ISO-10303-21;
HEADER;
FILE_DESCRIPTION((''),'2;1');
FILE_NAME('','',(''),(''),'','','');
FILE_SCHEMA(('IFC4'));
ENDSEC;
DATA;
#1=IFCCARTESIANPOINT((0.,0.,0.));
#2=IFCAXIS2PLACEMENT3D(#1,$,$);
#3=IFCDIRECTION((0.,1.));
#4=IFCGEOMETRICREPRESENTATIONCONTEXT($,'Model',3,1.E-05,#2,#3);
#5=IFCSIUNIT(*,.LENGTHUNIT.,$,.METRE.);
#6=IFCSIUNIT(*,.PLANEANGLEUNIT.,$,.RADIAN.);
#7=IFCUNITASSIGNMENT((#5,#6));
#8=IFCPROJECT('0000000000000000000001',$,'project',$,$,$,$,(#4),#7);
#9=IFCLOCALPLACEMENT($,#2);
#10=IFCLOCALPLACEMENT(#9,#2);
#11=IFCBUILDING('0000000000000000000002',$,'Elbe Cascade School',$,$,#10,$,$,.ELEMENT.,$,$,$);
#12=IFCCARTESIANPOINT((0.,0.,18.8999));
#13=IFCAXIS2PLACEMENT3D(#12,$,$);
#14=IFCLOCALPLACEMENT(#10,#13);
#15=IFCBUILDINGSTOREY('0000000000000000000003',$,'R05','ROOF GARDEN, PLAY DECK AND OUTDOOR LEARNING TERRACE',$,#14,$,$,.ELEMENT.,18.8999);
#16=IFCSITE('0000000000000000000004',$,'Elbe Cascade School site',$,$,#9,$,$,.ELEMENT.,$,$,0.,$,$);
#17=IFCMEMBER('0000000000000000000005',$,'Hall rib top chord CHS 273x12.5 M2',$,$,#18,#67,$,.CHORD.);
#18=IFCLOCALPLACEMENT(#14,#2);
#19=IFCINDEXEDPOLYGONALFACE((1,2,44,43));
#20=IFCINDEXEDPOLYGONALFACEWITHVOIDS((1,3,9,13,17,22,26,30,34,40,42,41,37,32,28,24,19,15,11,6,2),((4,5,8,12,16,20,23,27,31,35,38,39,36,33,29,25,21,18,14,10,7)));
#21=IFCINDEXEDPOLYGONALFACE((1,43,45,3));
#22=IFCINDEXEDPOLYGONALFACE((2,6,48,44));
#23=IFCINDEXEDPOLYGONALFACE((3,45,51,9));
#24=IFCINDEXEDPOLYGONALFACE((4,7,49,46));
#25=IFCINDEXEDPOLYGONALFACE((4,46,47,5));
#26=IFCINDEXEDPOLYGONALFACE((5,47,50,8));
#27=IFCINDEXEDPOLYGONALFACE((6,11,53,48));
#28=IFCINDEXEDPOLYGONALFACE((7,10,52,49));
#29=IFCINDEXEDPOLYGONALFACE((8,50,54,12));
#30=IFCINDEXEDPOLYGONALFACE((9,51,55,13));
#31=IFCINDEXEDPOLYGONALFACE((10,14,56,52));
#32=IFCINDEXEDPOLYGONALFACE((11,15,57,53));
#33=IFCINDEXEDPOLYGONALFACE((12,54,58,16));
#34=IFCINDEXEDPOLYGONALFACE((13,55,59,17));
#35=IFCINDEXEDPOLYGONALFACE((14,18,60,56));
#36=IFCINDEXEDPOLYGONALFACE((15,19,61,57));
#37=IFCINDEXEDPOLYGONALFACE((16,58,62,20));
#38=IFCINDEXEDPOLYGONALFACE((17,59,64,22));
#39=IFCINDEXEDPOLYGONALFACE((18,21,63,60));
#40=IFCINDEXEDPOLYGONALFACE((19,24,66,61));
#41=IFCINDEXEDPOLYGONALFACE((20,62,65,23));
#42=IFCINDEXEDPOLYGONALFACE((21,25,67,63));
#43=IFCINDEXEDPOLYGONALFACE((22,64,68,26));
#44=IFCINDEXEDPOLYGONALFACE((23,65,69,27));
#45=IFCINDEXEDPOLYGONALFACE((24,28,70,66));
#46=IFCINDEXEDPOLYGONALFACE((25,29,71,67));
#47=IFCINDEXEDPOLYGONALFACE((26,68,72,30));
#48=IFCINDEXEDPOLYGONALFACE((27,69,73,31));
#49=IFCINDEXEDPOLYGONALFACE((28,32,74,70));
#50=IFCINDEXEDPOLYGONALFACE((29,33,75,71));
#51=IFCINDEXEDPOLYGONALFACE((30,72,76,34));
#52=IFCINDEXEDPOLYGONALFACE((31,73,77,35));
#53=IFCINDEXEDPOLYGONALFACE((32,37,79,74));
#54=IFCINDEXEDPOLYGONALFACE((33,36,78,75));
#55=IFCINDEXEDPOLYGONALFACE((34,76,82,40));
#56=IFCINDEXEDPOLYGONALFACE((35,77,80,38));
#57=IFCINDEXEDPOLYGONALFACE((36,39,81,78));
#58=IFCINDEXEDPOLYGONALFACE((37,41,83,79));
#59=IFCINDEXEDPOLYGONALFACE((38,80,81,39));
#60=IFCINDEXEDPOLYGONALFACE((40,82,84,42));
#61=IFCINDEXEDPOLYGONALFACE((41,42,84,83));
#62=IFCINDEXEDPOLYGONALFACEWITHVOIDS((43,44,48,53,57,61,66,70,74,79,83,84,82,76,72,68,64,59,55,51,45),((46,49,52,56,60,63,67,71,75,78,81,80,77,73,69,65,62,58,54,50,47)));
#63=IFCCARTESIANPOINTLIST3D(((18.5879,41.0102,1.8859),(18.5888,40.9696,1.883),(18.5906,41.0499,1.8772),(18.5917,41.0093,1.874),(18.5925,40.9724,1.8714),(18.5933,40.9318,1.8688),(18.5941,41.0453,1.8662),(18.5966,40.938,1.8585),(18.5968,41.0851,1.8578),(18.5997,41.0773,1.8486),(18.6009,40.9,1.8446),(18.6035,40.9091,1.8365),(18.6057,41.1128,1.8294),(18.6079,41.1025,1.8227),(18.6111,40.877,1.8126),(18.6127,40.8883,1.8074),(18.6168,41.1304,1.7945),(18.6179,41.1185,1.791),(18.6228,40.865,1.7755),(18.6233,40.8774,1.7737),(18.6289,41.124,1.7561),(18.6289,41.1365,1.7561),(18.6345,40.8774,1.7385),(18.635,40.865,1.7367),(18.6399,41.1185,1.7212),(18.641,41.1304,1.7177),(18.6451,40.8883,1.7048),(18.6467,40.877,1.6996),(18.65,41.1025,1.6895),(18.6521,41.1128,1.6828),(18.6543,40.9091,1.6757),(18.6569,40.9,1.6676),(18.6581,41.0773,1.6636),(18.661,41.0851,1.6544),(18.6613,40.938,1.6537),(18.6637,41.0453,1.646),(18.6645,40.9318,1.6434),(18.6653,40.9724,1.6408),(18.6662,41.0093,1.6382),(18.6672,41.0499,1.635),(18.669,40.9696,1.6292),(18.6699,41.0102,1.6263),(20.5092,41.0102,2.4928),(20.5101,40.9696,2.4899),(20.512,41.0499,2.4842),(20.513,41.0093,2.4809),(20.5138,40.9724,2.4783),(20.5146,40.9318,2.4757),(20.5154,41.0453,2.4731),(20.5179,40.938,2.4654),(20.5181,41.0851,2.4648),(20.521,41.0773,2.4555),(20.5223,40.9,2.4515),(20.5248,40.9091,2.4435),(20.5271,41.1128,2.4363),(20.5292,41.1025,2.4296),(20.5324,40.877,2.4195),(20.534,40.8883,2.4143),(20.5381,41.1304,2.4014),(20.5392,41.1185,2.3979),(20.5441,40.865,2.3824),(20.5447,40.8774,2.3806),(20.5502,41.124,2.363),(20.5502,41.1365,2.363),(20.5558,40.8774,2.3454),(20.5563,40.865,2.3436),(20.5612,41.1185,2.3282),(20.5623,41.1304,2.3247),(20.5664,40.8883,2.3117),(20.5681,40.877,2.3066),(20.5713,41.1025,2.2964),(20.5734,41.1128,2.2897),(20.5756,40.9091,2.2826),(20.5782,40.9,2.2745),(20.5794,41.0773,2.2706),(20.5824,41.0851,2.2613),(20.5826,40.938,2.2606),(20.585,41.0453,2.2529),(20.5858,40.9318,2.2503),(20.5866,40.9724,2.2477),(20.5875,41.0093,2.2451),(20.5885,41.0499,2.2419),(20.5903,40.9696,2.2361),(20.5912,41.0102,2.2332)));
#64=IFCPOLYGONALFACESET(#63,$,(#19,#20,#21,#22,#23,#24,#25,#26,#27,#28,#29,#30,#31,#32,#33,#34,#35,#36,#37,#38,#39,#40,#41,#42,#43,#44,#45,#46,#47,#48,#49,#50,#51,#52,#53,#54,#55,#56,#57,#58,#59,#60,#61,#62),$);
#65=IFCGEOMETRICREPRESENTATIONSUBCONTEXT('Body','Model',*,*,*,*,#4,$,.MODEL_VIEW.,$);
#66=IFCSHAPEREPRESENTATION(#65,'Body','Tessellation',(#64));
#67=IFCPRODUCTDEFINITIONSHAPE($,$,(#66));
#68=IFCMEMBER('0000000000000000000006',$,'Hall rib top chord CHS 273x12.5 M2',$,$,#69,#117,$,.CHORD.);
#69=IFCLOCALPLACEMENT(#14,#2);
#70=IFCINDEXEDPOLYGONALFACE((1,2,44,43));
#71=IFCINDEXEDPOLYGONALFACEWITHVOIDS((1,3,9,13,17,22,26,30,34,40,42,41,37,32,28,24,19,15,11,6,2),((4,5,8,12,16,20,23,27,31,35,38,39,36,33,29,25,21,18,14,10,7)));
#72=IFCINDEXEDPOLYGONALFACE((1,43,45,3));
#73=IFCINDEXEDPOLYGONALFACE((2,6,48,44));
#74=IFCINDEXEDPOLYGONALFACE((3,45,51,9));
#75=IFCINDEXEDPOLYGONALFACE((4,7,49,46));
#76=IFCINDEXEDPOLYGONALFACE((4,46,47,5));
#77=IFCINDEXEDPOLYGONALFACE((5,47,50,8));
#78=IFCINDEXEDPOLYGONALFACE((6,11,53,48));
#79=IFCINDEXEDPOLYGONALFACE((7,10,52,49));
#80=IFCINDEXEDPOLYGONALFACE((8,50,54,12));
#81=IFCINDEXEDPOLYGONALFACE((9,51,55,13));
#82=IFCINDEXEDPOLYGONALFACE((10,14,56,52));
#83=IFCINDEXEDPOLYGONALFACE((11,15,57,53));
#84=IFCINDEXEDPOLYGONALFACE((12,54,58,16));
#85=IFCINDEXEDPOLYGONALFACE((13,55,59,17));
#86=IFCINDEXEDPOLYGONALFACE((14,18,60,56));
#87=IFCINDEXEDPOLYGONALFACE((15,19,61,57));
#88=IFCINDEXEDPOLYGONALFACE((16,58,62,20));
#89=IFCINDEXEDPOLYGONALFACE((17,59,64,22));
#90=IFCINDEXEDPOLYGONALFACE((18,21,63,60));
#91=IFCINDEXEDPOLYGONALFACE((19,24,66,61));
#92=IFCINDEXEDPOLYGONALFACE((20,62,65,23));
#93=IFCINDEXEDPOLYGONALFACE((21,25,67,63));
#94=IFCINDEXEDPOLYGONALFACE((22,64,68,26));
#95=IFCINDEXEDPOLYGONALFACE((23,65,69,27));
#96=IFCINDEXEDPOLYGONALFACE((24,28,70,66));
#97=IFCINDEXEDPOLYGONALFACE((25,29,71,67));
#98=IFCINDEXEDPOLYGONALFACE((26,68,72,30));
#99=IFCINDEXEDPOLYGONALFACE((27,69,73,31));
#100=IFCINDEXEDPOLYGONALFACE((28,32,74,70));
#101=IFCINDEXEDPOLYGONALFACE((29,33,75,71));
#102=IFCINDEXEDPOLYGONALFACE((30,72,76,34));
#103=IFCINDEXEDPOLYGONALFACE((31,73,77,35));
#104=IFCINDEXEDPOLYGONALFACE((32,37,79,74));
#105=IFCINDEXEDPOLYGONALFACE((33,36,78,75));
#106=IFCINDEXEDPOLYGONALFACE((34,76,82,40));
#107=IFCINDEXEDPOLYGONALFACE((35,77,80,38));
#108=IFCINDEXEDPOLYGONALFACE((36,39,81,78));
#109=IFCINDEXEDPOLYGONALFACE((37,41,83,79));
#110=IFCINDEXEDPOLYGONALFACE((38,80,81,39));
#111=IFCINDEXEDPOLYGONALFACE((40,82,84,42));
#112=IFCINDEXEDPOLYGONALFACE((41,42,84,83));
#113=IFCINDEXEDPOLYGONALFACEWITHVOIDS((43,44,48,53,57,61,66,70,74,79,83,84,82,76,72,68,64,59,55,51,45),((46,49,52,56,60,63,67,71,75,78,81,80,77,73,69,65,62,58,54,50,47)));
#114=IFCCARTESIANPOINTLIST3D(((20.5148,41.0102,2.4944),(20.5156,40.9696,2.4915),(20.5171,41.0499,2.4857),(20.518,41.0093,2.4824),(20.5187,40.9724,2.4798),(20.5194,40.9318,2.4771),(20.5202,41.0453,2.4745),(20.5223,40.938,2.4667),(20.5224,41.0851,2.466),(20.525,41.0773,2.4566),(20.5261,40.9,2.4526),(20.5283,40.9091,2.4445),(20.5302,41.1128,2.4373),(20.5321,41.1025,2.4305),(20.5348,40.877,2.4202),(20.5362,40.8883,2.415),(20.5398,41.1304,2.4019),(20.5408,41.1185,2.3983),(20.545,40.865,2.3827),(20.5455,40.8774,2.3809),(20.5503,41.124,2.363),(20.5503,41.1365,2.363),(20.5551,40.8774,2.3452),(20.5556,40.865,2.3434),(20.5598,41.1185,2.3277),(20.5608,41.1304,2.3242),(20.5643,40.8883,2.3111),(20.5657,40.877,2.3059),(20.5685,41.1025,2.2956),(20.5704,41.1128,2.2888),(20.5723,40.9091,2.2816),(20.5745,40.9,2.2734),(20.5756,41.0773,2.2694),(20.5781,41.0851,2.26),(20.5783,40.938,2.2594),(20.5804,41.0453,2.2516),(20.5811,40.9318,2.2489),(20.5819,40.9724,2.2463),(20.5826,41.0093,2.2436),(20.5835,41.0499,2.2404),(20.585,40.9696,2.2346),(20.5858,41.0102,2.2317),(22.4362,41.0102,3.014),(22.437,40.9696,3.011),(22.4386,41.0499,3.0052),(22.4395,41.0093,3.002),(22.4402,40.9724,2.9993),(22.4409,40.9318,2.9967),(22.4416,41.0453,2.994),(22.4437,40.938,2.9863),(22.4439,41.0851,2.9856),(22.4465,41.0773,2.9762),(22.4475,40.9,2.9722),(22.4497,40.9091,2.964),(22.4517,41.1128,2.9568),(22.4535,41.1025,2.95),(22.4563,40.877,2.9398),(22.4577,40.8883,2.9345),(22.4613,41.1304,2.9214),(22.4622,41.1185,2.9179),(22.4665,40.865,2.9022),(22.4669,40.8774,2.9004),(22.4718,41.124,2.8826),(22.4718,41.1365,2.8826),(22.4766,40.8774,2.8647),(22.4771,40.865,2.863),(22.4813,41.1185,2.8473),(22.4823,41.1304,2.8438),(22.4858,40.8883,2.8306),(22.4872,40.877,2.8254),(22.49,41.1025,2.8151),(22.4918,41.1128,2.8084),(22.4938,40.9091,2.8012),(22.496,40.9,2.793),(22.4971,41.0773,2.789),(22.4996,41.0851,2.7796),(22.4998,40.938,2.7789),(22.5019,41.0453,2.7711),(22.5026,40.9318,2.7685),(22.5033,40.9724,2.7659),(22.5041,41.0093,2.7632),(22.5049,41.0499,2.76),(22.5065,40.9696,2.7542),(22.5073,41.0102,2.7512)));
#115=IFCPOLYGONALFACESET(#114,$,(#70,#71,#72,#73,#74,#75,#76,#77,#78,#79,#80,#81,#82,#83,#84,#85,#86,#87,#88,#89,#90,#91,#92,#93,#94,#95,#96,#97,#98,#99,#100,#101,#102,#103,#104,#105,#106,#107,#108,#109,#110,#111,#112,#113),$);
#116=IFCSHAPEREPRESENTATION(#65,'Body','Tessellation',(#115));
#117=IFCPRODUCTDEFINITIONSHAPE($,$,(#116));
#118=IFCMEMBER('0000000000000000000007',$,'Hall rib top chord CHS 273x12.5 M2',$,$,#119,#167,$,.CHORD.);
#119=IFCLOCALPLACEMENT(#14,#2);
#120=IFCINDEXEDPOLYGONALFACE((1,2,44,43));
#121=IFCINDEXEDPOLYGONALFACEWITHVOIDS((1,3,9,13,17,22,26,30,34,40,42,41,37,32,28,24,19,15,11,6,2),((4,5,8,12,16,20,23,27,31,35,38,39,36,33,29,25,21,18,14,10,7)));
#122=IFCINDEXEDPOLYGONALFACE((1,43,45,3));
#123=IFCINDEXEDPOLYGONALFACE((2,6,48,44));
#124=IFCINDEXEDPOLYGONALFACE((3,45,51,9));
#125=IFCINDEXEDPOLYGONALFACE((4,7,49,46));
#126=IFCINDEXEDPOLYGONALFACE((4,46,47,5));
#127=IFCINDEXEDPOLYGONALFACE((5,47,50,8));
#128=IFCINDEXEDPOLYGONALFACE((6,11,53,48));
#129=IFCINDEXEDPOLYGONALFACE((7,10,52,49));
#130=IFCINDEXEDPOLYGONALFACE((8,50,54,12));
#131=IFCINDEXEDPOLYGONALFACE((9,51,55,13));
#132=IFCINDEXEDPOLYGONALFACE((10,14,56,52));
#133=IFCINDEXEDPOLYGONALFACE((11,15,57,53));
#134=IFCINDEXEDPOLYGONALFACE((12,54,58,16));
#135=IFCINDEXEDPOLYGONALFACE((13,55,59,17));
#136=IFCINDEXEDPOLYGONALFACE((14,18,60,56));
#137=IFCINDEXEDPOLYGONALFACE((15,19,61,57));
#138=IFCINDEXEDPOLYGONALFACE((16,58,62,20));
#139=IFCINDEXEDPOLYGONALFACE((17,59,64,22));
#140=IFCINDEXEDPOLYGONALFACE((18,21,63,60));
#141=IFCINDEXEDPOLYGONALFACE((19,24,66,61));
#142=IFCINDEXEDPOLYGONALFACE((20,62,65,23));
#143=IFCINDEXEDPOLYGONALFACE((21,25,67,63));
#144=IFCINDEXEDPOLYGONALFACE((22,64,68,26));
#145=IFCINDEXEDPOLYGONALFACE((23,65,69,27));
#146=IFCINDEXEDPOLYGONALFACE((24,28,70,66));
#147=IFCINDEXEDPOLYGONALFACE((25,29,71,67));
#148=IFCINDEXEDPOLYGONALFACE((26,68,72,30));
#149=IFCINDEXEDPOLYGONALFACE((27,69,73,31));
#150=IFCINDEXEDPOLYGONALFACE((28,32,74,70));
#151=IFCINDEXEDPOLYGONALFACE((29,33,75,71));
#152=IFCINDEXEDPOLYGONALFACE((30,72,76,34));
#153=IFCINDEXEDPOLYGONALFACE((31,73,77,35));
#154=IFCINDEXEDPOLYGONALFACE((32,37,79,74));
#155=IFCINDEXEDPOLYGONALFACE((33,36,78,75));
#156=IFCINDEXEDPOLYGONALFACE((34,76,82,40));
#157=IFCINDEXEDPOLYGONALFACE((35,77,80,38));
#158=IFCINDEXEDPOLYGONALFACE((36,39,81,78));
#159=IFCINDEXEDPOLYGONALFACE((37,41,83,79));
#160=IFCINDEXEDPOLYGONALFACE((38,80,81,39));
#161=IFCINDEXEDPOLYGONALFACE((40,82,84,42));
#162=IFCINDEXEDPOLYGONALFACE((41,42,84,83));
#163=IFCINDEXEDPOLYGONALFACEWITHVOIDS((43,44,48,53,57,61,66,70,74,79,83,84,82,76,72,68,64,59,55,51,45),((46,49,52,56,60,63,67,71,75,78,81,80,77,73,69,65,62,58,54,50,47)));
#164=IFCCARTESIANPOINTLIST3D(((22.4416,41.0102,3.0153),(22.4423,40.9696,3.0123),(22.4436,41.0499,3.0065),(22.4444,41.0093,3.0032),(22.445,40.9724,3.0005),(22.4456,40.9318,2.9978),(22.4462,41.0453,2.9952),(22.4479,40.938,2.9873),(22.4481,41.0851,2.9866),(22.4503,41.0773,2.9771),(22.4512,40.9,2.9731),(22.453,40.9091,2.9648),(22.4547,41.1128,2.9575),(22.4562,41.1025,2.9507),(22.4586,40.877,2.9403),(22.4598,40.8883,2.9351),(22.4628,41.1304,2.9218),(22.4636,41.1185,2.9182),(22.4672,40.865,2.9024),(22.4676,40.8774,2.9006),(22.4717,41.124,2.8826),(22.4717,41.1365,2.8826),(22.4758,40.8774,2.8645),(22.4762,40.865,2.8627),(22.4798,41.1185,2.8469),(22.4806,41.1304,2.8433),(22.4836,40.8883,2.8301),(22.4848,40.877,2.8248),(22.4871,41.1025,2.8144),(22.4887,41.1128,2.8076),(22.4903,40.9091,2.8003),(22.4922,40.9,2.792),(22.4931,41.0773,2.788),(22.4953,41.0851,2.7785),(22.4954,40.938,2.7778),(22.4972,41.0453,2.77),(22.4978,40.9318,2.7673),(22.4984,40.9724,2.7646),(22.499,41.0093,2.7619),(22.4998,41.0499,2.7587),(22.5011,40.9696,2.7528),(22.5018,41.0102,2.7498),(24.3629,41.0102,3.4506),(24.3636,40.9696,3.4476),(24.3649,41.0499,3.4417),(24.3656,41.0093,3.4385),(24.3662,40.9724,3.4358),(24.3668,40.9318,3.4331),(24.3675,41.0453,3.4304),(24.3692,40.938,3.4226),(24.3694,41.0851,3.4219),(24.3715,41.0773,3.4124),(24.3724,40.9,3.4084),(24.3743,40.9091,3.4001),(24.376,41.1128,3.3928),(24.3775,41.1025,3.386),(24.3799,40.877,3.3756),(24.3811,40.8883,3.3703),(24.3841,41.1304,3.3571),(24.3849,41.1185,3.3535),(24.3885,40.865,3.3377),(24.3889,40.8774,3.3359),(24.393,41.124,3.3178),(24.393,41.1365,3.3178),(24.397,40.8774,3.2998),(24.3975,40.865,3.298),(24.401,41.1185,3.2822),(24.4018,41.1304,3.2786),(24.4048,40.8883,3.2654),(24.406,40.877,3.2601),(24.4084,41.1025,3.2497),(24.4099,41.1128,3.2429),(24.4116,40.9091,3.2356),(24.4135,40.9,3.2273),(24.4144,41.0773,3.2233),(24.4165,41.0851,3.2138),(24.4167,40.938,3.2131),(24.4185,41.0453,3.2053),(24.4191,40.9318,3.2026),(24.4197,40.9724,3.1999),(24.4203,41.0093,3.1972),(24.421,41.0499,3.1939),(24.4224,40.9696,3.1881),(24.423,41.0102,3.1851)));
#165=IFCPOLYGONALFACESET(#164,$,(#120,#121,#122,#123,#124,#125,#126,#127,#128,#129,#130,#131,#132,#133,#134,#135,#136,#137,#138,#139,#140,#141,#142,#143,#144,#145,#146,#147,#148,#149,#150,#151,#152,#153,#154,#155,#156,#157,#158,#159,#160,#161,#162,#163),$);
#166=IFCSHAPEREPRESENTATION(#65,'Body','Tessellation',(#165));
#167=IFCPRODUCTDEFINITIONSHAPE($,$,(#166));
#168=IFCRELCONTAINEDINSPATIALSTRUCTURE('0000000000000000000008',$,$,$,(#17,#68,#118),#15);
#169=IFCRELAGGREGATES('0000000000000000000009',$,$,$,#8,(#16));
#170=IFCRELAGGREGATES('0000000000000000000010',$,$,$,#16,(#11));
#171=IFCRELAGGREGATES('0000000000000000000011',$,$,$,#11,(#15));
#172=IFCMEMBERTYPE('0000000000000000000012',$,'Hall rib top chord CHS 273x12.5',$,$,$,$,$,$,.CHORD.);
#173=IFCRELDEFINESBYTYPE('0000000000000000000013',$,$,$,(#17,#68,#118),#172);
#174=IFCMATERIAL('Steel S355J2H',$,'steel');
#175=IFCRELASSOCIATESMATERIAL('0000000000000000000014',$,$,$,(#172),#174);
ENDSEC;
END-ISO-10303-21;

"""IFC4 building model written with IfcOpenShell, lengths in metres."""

from ifc_helpers import new_model, si_unit, direction, frame, origin, origin_2d, place, context, subcontext, project, spatial, hollow_circle, extrude, material, material_profile, profile_set, type_object, element, save


model = new_model("IFC4")

# Units and contexts
model_context = context("Model", 3, precision=1e-05, world=origin(), true_north=direction((0.0, 1.0)))
body_context = subcontext(model_context, "Body", "Model", "MODEL_VIEW")
ifc_project = project(units=[si_unit("LENGTHUNIT", "METRE"), si_unit("PLANEANGLEUNIT", "RADIAN")], contexts=[model_context])

# Site, building, storey
site_placement = place(None, origin())
site = spatial("IfcSite", under=ifc_project, at=site_placement, Name="Elbe Cascade School site", CompositionType="ELEMENT", RefElevation=0.0)
building_placement = place(site_placement, origin())
building = spatial("IfcBuilding", under=site, at=building_placement, Name="Elbe Cascade School", CompositionType="ELEMENT")
storey_placement = place(building_placement, frame((0.0, 0.0, 18.8999)))
storey = spatial("IfcBuildingStorey", under=building, at=storey_placement, Name="R05", Description="ROOF GARDEN, PLAY DECK AND OUTDOOR LEARNING TERRACE", CompositionType="ELEMENT", Elevation=18.8999)

# Members
ifc_material_1 = material(Name="Steel S355J2H", Category="steel")
ifc_material_profile_1 = material_profile(ifc_material_1, hollow_circle(Radius=0.1365, WallThickness=0.0125, at=origin_2d()), Name="CHS 273x12.5")
ifc_profile_set_1 = profile_set([ifc_material_profile_1], Name="Steel S355J2H")
member_type_1 = type_object("IfcMemberType", Name="Hall rib top chord CHS 273x12.5", PredefinedType="CHORD", material=ifc_profile_set_1)
member_1_placement = place(storey_placement, frame((18.6289, 41.0, 1.7561), z_axis=(0.953557, 0.0, 0.301213), x_axis=(0.0, 1.0, 0.0)))
element("IfcMember", 1, at=member_1_placement, inside=storey, type_object=member_type_1, Name="Hall rib top chord CHS 273x12.5 M2", PredefinedType="CHORD", context=body_context, shape_type="SweptSolid", body=[
    extrude(hollow_circle(Radius=0.1365, WallThickness=0.0125, at=origin_2d()), origin(), (0.0, 0.0, 1.0), 2.0149),
])
member_2_placement = place(storey_placement, frame((20.5503, 41.0, 2.363), z_axis=(0.965333, 0.0, 0.26102), x_axis=(0.0, 1.0, 0.0)))
element("IfcMember", 2, at=member_2_placement, inside=storey, type_object=member_type_1, Name="Hall rib top chord CHS 273x12.5 M2", PredefinedType="CHORD", context=body_context, shape_type="SweptSolid", body=[
    extrude(hollow_circle(Radius=0.1365, WallThickness=0.0125, at=origin_2d()), origin(), (0.0, 0.0, 1.0), 1.9905),
])
member_3_placement = place(storey_placement, frame((22.4717, 41.0, 2.8826), z_axis=(0.975284, 0.0, 0.220957), x_axis=(0.0, 1.0, 0.0)))
element("IfcMember", 3, at=member_3_placement, inside=storey, type_object=member_type_1, Name="Hall rib top chord CHS 273x12.5 M2", PredefinedType="CHORD", context=body_context, shape_type="SweptSolid", body=[
    extrude(hollow_circle(Radius=0.1365, WallThickness=0.0125, at=origin_2d()), origin(), (0.0, 0.0, 1.0), 1.97),
])

save(model, "model.ifc")
